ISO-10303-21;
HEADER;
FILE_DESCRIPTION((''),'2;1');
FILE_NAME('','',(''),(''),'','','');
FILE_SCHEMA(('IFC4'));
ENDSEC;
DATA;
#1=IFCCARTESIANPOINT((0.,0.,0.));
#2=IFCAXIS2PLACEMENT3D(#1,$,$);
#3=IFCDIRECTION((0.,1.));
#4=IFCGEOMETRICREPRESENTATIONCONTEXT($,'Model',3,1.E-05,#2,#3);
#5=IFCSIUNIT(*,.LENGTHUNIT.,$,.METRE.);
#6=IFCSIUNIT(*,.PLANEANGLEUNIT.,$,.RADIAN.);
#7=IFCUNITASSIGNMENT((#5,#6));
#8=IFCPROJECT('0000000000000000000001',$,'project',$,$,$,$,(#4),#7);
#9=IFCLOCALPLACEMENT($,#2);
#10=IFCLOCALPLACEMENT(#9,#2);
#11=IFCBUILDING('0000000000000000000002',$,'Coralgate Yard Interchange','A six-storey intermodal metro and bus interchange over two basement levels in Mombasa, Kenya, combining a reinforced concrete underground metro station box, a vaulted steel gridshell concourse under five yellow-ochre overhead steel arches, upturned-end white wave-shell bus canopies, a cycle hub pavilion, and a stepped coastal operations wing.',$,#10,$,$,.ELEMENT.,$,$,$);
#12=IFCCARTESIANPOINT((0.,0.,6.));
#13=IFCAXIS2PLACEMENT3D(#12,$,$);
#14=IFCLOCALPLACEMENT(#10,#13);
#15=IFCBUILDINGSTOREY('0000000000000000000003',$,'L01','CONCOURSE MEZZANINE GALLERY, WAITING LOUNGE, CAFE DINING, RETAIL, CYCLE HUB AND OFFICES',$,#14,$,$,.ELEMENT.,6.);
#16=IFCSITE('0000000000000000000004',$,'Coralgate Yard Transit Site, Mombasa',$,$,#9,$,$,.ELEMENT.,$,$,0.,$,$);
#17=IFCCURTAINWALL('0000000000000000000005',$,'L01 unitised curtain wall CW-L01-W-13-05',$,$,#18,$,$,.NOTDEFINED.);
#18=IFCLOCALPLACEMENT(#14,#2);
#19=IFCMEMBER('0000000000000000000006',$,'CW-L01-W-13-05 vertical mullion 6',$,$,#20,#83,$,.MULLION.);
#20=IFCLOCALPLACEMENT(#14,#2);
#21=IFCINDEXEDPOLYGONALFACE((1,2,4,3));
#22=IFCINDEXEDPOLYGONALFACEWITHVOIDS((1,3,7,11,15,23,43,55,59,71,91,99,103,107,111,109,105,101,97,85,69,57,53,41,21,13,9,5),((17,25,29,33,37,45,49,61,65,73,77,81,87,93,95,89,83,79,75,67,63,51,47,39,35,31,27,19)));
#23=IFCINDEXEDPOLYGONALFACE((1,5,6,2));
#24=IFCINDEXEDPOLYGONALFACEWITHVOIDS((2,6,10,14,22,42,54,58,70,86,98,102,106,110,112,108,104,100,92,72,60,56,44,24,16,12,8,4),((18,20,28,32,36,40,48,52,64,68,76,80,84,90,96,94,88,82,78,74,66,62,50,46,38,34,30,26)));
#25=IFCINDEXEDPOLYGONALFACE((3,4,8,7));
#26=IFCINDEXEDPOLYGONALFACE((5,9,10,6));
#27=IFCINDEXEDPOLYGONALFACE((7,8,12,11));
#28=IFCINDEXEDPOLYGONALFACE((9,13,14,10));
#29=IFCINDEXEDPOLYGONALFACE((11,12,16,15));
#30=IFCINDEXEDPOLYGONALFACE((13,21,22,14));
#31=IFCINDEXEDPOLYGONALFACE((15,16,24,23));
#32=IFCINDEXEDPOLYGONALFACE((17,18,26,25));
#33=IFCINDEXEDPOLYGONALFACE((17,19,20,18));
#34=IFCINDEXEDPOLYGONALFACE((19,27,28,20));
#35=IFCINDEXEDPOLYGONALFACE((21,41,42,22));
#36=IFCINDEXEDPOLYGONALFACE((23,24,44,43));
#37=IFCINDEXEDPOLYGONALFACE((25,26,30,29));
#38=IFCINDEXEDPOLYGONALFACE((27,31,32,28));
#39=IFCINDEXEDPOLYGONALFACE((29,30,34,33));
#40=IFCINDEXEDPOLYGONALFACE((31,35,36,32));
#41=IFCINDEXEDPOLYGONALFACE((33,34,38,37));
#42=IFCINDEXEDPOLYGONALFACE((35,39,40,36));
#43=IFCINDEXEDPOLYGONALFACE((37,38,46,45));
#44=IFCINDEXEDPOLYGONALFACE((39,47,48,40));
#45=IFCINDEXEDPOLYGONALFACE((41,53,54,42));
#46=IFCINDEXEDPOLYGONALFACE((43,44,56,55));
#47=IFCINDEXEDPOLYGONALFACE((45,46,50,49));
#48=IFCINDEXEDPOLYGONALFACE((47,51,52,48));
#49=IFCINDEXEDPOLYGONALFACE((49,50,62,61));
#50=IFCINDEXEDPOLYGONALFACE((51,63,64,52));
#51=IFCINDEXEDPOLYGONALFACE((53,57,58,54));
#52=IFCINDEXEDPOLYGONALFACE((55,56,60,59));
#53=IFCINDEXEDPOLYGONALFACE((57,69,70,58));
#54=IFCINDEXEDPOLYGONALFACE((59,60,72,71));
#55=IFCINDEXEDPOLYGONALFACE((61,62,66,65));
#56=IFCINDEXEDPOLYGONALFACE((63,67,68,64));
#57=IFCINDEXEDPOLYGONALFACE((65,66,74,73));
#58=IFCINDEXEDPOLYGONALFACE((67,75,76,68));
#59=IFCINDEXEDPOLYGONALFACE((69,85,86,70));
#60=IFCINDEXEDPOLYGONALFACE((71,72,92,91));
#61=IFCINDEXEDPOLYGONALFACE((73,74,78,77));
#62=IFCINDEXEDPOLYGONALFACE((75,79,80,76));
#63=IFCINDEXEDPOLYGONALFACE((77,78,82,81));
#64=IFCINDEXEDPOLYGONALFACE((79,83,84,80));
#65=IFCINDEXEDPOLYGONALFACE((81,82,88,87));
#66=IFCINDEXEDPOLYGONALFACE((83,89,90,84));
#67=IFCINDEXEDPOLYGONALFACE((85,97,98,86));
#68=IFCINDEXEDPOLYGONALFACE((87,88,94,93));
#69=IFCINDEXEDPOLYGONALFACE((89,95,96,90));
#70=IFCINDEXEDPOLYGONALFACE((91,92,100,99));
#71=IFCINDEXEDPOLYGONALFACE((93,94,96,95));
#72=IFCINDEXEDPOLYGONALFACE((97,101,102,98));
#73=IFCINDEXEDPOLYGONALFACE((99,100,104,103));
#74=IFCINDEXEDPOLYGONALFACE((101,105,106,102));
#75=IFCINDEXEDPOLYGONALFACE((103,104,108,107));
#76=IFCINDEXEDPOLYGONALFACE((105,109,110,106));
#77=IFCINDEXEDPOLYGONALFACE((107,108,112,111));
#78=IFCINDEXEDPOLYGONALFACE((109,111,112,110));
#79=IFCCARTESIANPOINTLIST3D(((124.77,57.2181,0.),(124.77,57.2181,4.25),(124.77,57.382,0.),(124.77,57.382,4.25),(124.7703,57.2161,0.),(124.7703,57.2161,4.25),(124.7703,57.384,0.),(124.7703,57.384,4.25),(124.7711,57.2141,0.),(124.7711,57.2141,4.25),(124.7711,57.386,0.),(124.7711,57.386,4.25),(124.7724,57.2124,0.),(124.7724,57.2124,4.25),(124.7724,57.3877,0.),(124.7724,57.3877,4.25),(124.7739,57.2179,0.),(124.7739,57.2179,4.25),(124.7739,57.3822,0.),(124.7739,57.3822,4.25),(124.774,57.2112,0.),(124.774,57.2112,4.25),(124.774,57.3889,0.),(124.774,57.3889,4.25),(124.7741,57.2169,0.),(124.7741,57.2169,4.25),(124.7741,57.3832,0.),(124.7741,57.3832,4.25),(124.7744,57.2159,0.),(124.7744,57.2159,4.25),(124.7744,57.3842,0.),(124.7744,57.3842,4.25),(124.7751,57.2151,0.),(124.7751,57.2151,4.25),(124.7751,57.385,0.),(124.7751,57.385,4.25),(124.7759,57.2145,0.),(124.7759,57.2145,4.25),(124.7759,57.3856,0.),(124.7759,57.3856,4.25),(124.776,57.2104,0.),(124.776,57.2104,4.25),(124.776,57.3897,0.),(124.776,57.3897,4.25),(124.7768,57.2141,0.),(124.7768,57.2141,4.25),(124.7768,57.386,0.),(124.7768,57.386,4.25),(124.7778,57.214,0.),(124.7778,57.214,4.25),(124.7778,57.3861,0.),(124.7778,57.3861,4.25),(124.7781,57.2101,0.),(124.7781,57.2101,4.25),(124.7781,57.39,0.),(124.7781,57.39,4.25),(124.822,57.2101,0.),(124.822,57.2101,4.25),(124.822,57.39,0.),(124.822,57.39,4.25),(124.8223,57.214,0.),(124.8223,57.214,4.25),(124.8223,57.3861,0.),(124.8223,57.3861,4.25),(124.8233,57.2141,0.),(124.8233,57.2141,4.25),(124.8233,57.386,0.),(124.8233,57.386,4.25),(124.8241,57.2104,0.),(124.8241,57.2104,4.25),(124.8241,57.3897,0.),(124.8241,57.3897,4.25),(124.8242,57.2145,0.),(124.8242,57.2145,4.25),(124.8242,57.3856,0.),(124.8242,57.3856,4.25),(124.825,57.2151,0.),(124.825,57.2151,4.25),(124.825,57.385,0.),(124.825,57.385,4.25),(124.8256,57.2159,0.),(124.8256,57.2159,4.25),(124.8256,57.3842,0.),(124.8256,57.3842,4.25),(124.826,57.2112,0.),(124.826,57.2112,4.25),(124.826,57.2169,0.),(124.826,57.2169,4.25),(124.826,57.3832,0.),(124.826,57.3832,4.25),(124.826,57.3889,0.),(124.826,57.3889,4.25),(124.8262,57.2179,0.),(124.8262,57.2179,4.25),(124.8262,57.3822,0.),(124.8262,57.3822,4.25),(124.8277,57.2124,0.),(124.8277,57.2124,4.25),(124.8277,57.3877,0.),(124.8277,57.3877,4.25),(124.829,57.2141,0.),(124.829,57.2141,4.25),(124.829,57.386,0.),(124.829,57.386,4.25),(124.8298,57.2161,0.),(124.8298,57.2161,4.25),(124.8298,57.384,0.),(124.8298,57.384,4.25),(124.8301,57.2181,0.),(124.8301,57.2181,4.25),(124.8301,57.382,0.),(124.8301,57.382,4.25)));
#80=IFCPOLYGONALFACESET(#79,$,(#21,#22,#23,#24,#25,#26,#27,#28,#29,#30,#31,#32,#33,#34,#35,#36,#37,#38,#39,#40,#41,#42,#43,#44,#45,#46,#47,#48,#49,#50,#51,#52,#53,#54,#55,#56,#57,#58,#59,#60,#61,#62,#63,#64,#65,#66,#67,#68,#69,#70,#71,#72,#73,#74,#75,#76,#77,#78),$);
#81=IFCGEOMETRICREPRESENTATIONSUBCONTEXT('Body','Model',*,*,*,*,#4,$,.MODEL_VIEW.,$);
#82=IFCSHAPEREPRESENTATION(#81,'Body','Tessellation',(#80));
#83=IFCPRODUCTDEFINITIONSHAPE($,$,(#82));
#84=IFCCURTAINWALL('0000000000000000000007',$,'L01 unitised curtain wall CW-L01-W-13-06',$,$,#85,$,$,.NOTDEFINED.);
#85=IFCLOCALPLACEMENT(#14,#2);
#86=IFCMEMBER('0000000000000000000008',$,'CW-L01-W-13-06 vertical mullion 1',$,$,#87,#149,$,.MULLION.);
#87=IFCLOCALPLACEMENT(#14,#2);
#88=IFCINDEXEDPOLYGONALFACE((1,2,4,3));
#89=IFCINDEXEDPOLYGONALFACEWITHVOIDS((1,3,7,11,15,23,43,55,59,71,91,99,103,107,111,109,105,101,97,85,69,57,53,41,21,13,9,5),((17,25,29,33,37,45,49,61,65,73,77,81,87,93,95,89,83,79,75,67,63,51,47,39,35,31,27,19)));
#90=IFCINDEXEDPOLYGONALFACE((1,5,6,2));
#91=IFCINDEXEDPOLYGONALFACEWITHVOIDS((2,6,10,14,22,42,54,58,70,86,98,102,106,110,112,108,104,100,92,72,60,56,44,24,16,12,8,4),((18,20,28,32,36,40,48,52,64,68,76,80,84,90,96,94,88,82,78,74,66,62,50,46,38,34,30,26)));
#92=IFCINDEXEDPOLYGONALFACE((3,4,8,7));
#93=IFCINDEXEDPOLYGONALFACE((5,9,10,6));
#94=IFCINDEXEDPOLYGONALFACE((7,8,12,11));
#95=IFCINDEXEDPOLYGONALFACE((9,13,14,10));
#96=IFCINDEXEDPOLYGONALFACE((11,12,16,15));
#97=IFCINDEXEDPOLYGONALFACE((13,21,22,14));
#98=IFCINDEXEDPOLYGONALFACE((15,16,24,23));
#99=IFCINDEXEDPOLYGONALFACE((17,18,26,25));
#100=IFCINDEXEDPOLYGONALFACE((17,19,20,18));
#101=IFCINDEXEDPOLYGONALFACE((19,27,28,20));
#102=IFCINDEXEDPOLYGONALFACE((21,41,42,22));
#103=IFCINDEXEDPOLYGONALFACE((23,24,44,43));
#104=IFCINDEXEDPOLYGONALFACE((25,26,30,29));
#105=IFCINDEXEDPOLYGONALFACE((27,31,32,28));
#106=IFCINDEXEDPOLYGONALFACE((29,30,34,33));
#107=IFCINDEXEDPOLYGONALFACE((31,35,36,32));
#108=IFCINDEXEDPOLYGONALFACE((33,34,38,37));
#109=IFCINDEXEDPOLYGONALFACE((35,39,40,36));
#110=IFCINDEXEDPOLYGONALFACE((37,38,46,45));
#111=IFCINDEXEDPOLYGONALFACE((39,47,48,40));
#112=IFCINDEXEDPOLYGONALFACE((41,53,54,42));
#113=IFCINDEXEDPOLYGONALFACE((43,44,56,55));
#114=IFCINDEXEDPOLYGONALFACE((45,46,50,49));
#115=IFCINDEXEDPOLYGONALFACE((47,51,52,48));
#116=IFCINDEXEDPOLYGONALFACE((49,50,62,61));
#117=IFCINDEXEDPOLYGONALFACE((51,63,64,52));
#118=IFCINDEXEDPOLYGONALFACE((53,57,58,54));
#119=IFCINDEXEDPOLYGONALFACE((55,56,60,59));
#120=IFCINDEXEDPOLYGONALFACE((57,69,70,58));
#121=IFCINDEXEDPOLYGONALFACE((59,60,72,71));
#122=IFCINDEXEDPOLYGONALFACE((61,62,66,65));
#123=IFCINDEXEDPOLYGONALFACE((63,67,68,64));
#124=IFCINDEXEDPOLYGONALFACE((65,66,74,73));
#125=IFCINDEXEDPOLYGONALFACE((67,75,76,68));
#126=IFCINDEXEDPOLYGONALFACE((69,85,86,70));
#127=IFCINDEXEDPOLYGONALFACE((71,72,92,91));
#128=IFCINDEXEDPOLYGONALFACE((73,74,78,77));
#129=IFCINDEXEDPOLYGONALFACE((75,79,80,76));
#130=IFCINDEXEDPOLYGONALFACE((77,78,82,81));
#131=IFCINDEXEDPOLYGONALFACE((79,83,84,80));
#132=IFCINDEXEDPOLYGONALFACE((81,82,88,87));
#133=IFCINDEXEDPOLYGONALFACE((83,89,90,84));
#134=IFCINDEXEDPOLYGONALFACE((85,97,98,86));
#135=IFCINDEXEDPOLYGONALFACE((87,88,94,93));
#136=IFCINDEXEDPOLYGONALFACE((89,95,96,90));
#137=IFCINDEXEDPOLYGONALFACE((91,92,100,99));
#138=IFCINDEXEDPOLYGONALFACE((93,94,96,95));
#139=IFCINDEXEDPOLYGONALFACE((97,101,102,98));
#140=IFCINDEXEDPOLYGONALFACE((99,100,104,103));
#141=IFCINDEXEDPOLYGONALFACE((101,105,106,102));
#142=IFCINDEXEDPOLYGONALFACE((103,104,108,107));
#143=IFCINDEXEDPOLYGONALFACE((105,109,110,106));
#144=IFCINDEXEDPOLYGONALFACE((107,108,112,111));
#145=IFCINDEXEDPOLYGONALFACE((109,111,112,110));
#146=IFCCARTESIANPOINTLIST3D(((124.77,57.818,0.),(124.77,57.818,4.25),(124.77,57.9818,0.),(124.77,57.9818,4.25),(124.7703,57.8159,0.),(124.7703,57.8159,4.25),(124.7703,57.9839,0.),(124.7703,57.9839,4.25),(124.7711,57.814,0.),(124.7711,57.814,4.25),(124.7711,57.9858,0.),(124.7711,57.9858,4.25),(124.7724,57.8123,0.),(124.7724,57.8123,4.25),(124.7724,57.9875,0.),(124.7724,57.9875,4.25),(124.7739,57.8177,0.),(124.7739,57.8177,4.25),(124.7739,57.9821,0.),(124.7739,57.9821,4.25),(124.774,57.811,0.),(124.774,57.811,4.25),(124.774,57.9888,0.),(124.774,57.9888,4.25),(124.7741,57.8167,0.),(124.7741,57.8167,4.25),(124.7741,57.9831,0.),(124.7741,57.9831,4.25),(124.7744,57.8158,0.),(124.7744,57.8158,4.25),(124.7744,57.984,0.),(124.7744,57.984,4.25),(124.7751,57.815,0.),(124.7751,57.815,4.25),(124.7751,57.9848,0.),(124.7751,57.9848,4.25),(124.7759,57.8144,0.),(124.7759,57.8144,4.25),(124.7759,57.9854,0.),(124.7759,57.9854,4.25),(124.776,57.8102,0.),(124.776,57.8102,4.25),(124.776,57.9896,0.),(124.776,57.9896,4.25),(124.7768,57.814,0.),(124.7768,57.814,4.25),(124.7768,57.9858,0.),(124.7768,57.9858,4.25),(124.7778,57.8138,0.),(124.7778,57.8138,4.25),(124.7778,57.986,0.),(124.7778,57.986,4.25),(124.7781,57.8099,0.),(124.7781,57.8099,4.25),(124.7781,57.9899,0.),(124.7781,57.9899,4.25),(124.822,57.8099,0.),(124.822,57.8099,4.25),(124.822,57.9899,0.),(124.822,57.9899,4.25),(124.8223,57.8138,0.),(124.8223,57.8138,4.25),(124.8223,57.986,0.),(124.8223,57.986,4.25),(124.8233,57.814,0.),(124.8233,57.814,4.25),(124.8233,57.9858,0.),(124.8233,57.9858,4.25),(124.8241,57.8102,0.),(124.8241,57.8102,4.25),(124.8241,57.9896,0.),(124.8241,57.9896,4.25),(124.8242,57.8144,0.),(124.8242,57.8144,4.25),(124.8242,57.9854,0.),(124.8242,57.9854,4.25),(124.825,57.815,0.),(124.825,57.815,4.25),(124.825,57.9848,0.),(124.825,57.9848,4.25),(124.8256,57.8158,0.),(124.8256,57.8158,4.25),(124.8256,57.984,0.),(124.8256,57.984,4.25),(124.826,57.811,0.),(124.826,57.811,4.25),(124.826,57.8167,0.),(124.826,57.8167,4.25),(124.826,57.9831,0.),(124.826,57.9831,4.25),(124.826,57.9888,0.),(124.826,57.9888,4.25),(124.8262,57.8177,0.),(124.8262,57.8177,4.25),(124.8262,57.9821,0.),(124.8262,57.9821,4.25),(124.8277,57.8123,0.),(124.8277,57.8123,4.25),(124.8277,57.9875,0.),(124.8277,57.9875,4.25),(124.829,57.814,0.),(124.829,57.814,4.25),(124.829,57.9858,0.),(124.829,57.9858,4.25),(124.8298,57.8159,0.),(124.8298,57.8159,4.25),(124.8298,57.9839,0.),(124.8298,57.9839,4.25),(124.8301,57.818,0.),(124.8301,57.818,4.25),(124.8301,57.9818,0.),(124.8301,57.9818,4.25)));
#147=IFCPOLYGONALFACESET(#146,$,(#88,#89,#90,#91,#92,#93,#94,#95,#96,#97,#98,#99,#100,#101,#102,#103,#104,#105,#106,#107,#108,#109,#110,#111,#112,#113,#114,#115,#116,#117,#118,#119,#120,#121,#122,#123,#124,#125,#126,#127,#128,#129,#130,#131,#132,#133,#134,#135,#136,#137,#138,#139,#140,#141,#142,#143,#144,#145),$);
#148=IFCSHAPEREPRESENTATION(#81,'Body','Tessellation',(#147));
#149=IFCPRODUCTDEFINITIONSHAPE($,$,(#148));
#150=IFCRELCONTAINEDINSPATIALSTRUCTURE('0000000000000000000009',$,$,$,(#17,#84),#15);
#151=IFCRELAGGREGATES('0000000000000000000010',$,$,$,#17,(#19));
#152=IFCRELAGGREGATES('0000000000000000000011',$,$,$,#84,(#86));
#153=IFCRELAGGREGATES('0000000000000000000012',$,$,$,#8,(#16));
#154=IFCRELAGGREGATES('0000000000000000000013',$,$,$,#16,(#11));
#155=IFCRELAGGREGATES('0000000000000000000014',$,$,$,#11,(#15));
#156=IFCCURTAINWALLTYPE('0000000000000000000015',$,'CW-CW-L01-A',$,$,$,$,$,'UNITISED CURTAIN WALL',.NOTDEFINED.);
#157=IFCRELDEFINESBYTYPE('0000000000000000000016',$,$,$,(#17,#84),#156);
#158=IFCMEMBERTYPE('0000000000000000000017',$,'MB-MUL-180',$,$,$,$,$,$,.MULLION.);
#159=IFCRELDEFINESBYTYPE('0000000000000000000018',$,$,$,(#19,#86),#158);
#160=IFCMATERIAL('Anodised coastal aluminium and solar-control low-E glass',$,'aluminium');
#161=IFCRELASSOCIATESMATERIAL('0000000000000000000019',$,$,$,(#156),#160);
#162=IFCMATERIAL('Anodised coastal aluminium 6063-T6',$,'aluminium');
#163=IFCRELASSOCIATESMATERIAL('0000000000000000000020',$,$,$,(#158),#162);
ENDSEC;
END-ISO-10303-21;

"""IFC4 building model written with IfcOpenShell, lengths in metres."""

from ifc_helpers import new_model, si_unit, direction, frame, origin, origin_2d, place, context, subcontext, project, spatial, hollow_rectangle, extrude, material, material_profile, profile_set, type_object, element, aggregate, save


model = new_model("IFC4")

# Units and contexts
model_context = context("Model", 3, precision=1e-05, world=origin(), true_north=direction((0.0, 1.0)))
body_context = subcontext(model_context, "Body", "Model", "MODEL_VIEW")
ifc_project = project(units=[si_unit("LENGTHUNIT", "METRE"), si_unit("PLANEANGLEUNIT", "RADIAN")], contexts=[model_context])

# Site, building, storey
site_placement = place(None, origin())
site = spatial("IfcSite", under=ifc_project, at=site_placement, Name="Coralgate Yard Transit Site, Mombasa", CompositionType="ELEMENT", RefElevation=0.0)
building_placement = place(site_placement, origin())
building = spatial("IfcBuilding", under=site, at=building_placement, Name="Coralgate Yard Interchange", Description="A six-storey intermodal metro and bus interchange over two basement levels in Mombasa, Kenya, combining a reinforced concrete underground metro station box, a vaulted steel gridshell concourse under five yellow-ochre overhead steel arches, upturned-end white wave-shell bus canopies, a cycle hub pavilion, and a stepped coastal operations wing.", CompositionType="ELEMENT")
storey_placement = place(building_placement, frame((0.0, 0.0, 6.0)))
storey = spatial("IfcBuildingStorey", under=building, at=storey_placement, Name="L01", Description="CONCOURSE MEZZANINE GALLERY, WAITING LOUNGE, CAFE DINING, RETAIL, CYCLE HUB AND OFFICES", CompositionType="ELEMENT", Elevation=6.0)

# Curtain walls, members
ifc_material_1 = material(Name="Anodised coastal aluminium and solar-control low-E glass", Category="aluminium")
curtain_wall_type = type_object("IfcCurtainWallType", Name="CW-CW-L01-A", ElementType="UNITISED CURTAIN WALL", PredefinedType="NOTDEFINED", material=ifc_material_1)
curtain_wall_1_placement = place(storey_placement, origin())
curtain_wall_1 = element("IfcCurtainWall", 1, at=curtain_wall_1_placement, inside=storey, type_object=curtain_wall_type, Name="L01 unitised curtain wall CW-L01-W-13-05", PredefinedType="NOTDEFINED")
ifc_material_2 = material(Name="Anodised coastal aluminium 6063-T6", Category="aluminium")
ifc_material_profile_1 = material_profile(ifc_material_2, hollow_rectangle(XDim=0.0601, YDim=0.1799, WallThickness=0.0039, InnerFilletRadius=0.0039, OuterFilletRadius=0.0081, at=origin_2d()), Name="ALU 60x180x4")
ifc_profile_set_1 = profile_set([ifc_material_profile_1], Name="Anodised coastal aluminium 6063-T6")
member_type_1 = type_object("IfcMemberType", Name="MB-MUL-180", PredefinedType="MULLION", material=ifc_profile_set_1)
member_1_placement = place(storey_placement, frame((124.8, 57.3, 0.0), z_axis=(0.0, 0.0, 1.0), x_axis=(1.0, 0.0, 0.0)))
member_1 = element("IfcMember", 2, at=member_1_placement, type_object=member_type_1, Name="CW-L01-W-13-05 vertical mullion 6", PredefinedType="MULLION", context=body_context, shape_type="SweptSolid", body=[
    extrude(hollow_rectangle(XDim=0.0601, YDim=0.1799, WallThickness=0.0039, InnerFilletRadius=0.0039, OuterFilletRadius=0.0081, at=origin_2d()), origin(), (0.0, 0.0, 1.0), 4.25),
])
curtain_wall_2_placement = place(storey_placement, origin())
curtain_wall_2 = element("IfcCurtainWall", 3, at=curtain_wall_2_placement, inside=storey, type_object=curtain_wall_type, Name="L01 unitised curtain wall CW-L01-W-13-06", PredefinedType="NOTDEFINED")
member_2_placement = place(storey_placement, frame((124.8, 57.8999, 0.0), z_axis=(0.0, 0.0, 1.0), x_axis=(1.0, 0.0, 0.0)))
member_2 = element("IfcMember", 4, at=member_2_placement, type_object=member_type_1, Name="CW-L01-W-13-06 vertical mullion 1", PredefinedType="MULLION", context=body_context, shape_type="SweptSolid", body=[
    extrude(hollow_rectangle(XDim=0.0601, YDim=0.1799, WallThickness=0.0039, InnerFilletRadius=0.0039, OuterFilletRadius=0.0081, at=origin_2d()), origin(), (0.0, 0.0, 1.0), 4.25),
])

aggregate(curtain_wall_1, [member_1])
aggregate(curtain_wall_2, [member_2])

save(model, "model.ifc")
